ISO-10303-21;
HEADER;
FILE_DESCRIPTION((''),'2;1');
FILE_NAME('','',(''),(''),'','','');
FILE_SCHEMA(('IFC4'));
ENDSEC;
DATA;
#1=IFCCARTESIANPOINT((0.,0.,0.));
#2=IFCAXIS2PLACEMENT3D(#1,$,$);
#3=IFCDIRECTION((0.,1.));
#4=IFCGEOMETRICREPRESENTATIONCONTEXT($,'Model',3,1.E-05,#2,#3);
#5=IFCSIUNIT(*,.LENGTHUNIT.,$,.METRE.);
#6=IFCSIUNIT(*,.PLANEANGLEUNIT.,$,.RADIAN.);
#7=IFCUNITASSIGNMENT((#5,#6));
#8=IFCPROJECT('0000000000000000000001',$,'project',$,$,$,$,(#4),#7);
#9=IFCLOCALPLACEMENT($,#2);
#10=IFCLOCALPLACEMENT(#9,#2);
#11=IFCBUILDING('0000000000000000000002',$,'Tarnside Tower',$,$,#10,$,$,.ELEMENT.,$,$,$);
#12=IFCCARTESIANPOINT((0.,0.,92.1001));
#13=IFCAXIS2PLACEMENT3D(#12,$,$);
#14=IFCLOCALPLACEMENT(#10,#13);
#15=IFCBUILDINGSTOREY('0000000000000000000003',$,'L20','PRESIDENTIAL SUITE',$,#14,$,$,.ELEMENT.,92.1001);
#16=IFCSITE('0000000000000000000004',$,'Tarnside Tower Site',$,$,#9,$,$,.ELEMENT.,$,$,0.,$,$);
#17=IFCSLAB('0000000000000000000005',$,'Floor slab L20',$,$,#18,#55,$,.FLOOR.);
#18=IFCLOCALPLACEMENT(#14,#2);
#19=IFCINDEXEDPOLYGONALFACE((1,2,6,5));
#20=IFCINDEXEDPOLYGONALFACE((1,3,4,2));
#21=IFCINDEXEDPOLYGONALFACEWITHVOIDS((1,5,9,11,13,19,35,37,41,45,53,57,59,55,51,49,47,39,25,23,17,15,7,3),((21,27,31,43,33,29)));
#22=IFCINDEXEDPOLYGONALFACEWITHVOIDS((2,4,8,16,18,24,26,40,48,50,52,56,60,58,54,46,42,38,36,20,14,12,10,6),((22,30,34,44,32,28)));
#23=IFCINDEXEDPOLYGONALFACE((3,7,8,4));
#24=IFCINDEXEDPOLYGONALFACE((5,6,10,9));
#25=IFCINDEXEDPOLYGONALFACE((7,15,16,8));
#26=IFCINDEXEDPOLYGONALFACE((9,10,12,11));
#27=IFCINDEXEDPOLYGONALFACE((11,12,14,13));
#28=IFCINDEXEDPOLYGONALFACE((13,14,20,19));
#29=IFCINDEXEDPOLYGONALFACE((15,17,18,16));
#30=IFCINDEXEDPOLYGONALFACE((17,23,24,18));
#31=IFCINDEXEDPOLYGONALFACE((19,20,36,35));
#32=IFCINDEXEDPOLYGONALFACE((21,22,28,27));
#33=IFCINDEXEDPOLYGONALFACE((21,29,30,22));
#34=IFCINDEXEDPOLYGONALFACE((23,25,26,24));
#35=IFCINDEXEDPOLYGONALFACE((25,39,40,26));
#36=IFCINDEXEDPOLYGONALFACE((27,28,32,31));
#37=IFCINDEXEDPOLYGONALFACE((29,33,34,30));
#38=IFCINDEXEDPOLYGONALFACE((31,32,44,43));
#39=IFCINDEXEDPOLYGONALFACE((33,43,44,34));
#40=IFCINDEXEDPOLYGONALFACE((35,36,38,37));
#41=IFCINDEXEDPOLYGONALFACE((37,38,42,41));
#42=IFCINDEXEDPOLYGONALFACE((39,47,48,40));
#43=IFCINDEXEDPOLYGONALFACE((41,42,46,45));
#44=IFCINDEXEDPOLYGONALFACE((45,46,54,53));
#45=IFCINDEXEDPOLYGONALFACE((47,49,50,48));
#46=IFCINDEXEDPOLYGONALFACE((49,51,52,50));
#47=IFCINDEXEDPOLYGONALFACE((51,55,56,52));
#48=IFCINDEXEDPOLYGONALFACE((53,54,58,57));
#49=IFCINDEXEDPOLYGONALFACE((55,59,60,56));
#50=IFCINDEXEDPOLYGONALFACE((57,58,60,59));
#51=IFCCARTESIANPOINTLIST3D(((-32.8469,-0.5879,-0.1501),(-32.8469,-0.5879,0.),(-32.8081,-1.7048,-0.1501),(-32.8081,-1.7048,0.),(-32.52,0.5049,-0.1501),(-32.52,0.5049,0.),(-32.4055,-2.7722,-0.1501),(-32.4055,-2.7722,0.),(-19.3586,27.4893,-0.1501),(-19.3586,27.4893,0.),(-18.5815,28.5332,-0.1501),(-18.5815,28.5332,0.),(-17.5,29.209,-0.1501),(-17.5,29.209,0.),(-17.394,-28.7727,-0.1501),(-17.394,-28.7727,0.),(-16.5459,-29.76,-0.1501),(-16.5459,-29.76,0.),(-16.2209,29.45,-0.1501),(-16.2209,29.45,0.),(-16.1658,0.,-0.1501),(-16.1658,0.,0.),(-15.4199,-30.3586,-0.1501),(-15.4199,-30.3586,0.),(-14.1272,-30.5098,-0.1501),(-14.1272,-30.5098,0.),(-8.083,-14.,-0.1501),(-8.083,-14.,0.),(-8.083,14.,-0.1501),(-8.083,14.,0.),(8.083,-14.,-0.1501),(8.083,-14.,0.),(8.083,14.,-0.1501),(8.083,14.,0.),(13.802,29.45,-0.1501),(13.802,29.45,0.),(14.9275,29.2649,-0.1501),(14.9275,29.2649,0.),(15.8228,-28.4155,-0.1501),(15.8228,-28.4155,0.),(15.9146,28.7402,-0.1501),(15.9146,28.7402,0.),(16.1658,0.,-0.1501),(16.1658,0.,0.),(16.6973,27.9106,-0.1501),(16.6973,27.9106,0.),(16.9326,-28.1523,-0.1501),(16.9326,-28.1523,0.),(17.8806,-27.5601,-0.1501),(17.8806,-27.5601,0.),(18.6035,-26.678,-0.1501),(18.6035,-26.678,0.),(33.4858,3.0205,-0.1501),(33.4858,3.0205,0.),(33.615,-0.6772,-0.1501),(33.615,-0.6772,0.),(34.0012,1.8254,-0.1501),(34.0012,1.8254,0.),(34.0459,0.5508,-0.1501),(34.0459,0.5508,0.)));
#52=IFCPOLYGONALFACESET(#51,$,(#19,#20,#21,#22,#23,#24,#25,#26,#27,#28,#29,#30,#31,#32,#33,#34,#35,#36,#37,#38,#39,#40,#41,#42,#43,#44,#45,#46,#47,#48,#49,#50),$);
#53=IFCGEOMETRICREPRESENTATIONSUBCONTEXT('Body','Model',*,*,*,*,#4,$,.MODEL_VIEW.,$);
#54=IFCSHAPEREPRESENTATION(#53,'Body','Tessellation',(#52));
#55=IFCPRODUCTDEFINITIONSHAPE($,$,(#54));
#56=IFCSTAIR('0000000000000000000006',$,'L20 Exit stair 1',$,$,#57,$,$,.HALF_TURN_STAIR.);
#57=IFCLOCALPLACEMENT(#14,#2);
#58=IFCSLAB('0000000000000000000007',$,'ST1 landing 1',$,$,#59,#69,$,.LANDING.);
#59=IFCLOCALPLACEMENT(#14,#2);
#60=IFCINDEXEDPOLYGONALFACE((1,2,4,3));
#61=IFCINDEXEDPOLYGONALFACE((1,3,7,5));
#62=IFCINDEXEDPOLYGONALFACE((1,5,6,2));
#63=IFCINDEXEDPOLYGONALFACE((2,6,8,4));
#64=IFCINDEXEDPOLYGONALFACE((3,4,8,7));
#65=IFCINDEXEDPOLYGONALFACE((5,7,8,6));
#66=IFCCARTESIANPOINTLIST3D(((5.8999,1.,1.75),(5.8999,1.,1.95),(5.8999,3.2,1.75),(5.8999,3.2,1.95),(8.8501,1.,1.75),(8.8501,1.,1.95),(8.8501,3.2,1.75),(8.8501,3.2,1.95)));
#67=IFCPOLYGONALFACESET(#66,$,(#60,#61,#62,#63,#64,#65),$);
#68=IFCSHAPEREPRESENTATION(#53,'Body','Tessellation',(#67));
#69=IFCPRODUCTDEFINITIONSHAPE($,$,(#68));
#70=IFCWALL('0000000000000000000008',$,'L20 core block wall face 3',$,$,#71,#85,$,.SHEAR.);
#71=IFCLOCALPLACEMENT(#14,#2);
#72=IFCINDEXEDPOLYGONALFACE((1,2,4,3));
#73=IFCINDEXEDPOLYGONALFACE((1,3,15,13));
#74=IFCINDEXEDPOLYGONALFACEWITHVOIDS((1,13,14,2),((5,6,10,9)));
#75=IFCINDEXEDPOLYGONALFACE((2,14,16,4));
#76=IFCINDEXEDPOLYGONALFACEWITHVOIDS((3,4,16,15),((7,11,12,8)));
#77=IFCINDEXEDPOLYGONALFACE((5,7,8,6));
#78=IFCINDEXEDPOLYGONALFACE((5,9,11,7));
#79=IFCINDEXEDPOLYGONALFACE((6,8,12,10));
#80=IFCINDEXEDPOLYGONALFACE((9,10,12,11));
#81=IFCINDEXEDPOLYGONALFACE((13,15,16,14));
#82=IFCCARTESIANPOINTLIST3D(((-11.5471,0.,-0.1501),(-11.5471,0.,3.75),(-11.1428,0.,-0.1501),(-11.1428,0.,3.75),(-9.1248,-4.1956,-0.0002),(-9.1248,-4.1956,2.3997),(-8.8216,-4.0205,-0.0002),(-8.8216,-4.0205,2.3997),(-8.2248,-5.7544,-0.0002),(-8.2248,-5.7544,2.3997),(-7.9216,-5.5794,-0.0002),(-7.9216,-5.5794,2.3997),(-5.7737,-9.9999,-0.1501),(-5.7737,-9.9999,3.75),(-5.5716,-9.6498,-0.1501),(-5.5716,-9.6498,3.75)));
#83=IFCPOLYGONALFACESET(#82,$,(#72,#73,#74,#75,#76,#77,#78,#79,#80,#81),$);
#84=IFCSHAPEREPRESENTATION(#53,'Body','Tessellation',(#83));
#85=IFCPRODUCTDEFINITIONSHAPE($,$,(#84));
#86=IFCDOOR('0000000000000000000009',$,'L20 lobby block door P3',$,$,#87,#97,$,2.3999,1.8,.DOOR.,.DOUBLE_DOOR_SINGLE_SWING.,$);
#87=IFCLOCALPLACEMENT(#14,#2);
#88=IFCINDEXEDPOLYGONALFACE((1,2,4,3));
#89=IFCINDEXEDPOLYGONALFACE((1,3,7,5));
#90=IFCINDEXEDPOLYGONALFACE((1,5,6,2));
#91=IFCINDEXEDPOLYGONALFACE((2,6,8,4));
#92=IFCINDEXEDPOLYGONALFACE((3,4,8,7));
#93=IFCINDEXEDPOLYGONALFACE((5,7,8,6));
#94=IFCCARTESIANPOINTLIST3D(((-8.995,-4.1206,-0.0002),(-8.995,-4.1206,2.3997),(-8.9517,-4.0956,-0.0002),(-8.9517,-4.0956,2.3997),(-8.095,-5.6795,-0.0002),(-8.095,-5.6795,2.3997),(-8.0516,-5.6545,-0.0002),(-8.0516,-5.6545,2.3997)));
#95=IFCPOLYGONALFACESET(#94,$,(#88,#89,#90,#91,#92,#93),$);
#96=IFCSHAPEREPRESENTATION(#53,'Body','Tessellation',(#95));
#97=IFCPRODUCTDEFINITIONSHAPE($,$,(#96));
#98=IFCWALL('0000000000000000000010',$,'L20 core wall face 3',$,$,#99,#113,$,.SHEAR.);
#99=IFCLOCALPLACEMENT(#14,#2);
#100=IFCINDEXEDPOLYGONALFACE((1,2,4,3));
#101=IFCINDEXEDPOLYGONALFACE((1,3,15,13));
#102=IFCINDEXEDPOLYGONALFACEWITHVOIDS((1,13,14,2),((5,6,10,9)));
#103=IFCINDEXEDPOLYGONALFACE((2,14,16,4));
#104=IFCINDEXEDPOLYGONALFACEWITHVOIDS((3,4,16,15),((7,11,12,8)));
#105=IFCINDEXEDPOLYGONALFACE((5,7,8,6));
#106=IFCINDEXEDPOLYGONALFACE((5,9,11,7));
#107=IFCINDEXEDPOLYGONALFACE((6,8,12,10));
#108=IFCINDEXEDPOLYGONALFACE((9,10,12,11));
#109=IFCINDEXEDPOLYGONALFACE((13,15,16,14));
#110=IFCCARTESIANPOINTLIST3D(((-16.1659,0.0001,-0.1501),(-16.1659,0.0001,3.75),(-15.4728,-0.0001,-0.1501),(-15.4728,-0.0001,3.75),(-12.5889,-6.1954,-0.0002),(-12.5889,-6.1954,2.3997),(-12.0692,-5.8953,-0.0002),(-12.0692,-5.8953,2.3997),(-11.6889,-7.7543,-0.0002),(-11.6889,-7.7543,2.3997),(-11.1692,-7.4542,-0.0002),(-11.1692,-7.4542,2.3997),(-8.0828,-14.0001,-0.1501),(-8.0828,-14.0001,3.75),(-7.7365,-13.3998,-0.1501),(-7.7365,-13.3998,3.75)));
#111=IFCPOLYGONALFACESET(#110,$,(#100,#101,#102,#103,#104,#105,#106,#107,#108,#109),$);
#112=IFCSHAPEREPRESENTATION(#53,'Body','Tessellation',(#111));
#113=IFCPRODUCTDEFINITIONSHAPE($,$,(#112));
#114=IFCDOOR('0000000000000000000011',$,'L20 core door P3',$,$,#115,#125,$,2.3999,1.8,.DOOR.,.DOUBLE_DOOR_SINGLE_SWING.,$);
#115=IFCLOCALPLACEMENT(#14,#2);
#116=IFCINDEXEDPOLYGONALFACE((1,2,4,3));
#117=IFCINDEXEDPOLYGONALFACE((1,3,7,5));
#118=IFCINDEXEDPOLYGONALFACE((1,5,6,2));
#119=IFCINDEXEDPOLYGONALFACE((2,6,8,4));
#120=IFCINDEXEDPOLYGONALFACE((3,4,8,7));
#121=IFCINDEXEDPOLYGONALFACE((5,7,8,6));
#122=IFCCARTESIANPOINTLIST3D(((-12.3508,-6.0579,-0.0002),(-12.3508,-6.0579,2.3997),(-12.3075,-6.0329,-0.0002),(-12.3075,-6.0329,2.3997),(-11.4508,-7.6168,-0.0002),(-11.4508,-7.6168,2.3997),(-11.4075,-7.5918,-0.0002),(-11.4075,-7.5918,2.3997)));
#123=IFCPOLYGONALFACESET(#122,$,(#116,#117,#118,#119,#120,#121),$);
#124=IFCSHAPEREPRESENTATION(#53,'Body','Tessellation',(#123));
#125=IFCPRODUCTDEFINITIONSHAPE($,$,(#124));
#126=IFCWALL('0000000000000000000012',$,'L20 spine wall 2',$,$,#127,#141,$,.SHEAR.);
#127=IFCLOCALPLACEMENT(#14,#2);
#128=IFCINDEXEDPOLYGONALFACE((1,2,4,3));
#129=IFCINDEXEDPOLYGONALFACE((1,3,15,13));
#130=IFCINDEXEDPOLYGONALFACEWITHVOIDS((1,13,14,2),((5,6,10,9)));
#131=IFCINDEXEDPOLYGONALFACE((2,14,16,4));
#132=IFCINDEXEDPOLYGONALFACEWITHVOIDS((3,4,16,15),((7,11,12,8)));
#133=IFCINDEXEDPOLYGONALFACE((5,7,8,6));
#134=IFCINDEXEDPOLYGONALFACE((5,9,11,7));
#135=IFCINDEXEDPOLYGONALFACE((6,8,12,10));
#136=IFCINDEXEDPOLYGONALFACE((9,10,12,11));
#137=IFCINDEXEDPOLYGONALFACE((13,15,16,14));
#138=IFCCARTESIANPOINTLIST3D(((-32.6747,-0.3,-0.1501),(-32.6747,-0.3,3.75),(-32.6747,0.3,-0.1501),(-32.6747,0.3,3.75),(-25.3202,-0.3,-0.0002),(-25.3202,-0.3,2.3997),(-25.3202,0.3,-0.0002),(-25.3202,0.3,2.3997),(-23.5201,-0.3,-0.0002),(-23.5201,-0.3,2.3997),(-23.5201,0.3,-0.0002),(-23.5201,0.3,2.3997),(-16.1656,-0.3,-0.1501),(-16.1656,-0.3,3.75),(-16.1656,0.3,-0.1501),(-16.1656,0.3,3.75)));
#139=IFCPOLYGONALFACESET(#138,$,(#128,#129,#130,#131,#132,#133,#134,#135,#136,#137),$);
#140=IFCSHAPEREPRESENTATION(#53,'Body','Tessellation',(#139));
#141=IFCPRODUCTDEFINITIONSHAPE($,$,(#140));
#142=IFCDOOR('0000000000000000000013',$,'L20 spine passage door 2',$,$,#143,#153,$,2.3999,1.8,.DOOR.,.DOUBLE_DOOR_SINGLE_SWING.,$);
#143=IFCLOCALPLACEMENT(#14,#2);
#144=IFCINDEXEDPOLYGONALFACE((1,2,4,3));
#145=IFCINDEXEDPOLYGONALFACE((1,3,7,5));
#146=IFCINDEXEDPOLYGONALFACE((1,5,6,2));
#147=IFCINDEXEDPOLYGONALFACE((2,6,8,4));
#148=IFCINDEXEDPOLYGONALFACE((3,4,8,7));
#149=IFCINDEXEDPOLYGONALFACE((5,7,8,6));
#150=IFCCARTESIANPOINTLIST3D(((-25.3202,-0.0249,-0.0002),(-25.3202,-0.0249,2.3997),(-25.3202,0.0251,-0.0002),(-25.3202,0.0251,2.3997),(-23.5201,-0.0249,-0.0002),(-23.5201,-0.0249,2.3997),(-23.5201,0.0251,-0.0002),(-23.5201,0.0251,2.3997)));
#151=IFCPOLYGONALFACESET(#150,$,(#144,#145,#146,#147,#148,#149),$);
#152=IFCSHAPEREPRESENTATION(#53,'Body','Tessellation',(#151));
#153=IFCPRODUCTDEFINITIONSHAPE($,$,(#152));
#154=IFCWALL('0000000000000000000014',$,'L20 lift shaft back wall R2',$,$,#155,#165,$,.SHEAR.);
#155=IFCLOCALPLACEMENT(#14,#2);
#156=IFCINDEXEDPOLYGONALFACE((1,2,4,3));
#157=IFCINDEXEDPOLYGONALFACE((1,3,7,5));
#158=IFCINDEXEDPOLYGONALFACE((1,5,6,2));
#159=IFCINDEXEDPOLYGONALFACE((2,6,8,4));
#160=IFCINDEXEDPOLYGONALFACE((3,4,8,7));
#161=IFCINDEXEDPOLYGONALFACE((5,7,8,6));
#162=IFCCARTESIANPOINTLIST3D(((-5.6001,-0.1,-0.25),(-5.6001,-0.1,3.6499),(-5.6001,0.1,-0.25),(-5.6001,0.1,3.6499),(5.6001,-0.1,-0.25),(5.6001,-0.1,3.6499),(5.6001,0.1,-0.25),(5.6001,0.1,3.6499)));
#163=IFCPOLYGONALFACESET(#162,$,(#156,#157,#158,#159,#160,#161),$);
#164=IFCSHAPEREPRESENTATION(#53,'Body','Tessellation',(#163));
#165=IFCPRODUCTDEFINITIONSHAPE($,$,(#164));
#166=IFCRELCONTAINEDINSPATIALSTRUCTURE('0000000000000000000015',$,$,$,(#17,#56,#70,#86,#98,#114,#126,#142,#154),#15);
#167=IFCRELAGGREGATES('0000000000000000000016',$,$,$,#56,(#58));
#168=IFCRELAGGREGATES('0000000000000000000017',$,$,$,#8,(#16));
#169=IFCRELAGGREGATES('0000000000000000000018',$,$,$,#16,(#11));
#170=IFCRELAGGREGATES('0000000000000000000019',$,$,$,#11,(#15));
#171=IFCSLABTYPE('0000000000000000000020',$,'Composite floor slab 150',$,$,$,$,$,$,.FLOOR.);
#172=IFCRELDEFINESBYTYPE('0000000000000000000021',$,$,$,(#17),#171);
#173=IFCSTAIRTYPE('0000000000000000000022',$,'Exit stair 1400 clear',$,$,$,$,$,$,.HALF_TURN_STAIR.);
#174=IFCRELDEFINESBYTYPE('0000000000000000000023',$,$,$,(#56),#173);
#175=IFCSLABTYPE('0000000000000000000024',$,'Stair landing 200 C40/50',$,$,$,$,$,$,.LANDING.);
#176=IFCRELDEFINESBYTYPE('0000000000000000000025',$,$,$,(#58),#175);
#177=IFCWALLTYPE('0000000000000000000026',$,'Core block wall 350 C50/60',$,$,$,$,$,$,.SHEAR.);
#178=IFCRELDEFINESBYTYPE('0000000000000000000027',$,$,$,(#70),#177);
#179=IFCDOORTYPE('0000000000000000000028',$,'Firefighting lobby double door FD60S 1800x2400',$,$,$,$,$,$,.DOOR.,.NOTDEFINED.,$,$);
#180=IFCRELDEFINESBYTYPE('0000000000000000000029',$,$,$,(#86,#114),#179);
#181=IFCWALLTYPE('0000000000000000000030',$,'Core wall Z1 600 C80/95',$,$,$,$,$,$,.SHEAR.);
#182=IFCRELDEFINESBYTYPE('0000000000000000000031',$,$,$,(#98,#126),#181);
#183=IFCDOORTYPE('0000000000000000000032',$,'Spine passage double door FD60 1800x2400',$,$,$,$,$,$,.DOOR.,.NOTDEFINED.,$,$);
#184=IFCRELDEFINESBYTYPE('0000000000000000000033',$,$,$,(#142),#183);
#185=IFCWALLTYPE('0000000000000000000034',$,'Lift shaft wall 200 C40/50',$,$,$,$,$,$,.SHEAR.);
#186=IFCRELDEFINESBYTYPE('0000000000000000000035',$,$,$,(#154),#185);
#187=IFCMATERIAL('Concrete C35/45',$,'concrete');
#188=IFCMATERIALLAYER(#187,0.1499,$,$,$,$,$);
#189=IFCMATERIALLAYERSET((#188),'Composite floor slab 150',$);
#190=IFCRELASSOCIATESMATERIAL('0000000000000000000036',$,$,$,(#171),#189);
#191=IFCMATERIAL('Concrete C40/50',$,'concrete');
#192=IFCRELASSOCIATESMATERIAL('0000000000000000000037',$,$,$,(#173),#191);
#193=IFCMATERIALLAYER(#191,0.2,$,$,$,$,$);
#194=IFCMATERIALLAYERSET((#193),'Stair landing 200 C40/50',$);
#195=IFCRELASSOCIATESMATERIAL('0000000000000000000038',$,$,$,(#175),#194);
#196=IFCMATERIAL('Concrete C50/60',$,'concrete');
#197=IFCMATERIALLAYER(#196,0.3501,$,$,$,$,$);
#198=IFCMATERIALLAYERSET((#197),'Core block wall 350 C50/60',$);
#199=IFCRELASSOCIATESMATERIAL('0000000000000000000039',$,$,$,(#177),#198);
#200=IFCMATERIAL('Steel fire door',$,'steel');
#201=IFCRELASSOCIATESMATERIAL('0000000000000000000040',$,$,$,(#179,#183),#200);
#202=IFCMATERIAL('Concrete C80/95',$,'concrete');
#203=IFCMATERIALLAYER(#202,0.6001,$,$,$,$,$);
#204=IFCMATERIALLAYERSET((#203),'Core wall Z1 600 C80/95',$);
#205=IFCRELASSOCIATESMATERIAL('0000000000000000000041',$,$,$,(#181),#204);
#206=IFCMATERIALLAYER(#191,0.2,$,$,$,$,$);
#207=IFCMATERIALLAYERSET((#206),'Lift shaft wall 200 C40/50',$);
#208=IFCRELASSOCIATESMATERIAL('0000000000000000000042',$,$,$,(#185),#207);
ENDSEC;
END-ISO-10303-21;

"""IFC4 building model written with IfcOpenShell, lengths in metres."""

from ifc_helpers import new_model, si_unit, direction, frame, frame_2d, origin, place, context, subcontext, project, spatial, polyline, rectangle, outline, extrude, material, layer, layer_set, type_object, element, fill, aggregate, save


model = new_model("IFC4")

# Units and contexts
model_context = context("Model", 3, precision=1e-05, world=origin(), true_north=direction((0.0, 1.0)))
body_context = subcontext(model_context, "Body", "Model", "MODEL_VIEW")
ifc_project = project(units=[si_unit("LENGTHUNIT", "METRE"), si_unit("PLANEANGLEUNIT", "RADIAN")], contexts=[model_context])

# Site, building, storey
site_placement = place(None, origin())
site = spatial("IfcSite", under=ifc_project, at=site_placement, Name="Tarnside Tower Site", CompositionType="ELEMENT", RefElevation=0.0)
building_placement = place(site_placement, origin())
building = spatial("IfcBuilding", under=site, at=building_placement, Name="Tarnside Tower", CompositionType="ELEMENT")
storey_placement = place(building_placement, frame((0.0, 0.0, 92.1001)))
storey = spatial("IfcBuildingStorey", under=building, at=storey_placement, Name="L20", Description="PRESIDENTIAL SUITE", CompositionType="ELEMENT", Elevation=92.1001)

# Slab
ifc_material_1 = material(Name="Concrete C35/45", Category="concrete")
ifc_layer_1 = layer(ifc_material_1, 0.1499)
ifc_layer_set_1 = layer_set([ifc_layer_1], Name="Composite floor slab 150")
slab_type_1 = type_object("IfcSlabType", Name="Composite floor slab 150", PredefinedType="FLOOR", material=ifc_layer_set_1)
slab_1_placement = place(storey_placement, frame((0.0, 0.0, -0.1501)))
element("IfcSlab", 1, at=slab_1_placement, inside=storey, type_object=slab_type_1, Name="Floor slab L20", PredefinedType="FLOOR", context=body_context, shape_type="SweptSolid", body=[
    extrude(outline(polyline([(14.9275, 29.2649), (15.9146, 28.7402), (16.6973, 27.9106), (33.4858, 3.0205), (34.0012, 1.8254), (34.0459, 0.5508), (33.615, -0.6772), (18.6035, -26.678), (17.8806, -27.5601), (16.9326, -28.1523), (15.8228, -28.4155), (-14.1272, -30.5098), (-15.4199, -30.3586), (-16.5459, -29.76), (-17.394, -28.7727), (-32.4055, -2.7722), (-32.8081, -1.7048), (-32.8469, -0.5879), (-32.52, 0.5049), (-19.3586, 27.4893), (-18.5815, 28.5332), (-17.5, 29.209), (-16.2209, 29.45), (13.802, 29.45), (14.9275, 29.2649)]), holes=[polyline([(-16.1658, 0.0), (-8.083, -14.0), (8.083, -14.0), (16.1658, 0.0), (8.083, 14.0), (-8.083, 14.0), (-16.1658, 0.0)])]), origin(), (0.0, 0.0, 1.0), 0.1501),
])

# Stair, slab
ifc_material_2 = material(Name="Concrete C40/50", Category="concrete")
stair_type = type_object("IfcStairType", Name="Exit stair 1400 clear", PredefinedType="HALF_TURN_STAIR", material=ifc_material_2)
stair_1_placement = place(storey_placement, origin())
stair_1 = element("IfcStair", 2, at=stair_1_placement, inside=storey, type_object=stair_type, Name="L20 Exit stair 1", PredefinedType="HALF_TURN_STAIR")
ifc_layer_2 = layer(ifc_material_2, 0.2)
ifc_layer_set_2 = layer_set([ifc_layer_2], Name="Stair landing 200 C40/50")
slab_type_2 = type_object("IfcSlabType", Name="Stair landing 200 C40/50", PredefinedType="LANDING", material=ifc_layer_set_2)
slab_2_placement = place(storey_placement, frame((0.0, 0.0, 1.75)))
slab_2 = element("IfcSlab", 3, at=slab_2_placement, type_object=slab_type_2, Name="ST1 landing 1", PredefinedType="LANDING", context=body_context, shape_type="SweptSolid", body=[
    extrude(outline(polyline([(8.8501, 1.0), (8.8501, 3.2), (5.8999, 3.2), (5.8999, 1.0), (8.8501, 1.0)])), origin(), (0.0, 0.0, 1.0), 0.2),
])
aggregate(stair_1, [slab_2])

# Walls, openings, doors
ifc_material_3 = material(Name="Concrete C50/60", Category="concrete")
ifc_layer_3 = layer(ifc_material_3, 0.3501)
ifc_layer_set_3 = layer_set([ifc_layer_3], Name="Core block wall 350 C50/60")
wall_type_1 = type_object("IfcWallType", Name="Core block wall 350 C50/60", PredefinedType="SHEAR", material=ifc_layer_set_3)
wall_1_placement = place(storey_placement, frame((-11.345, 0.0, -0.1501), z_axis=(0.0, 0.0, 1.0), x_axis=(0.499995, -0.866028, 0.0)))
wall_1 = element("IfcWall", 4, at=wall_1_placement, inside=storey, type_object=wall_type_1, Name="L20 core block wall face 3", PredefinedType="SHEAR", context=body_context, shape_type="SweptSolid", body=[
    extrude(outline(polyline([(-0.1011, -0.175), (11.4458, -0.175), (11.2437, 0.175), (0.1011, 0.175), (-0.1011, -0.175)])), origin(), (0.0, 0.0, 1.0), 3.9001),
])
opening_1_placement = place(wall_1_placement, frame((4.7437, 0.0, 0.1499)))
opening_1 = element("IfcOpeningElement", 5, at=opening_1_placement, cuts=wall_1, PredefinedType="OPENING", context=body_context, shape_type="SweptSolid", body=[
    extrude(rectangle(XDim=1.8, YDim=2.3999, at=frame_2d((0.8999, 1.2))), frame((0.0, 0.1851, 0.0), z_axis=(0.0, -1.0, 0.0), x_axis=(1.0, 0.0, 0.0)), (0.0, 0.0, 1.0), 0.3701),
])
ifc_material_4 = material(Name="Steel fire door", Category="steel")
door_type_1 = type_object("IfcDoorType", Name="Firefighting lobby double door FD60S 1800x2400", OperationType="NOTDEFINED", PredefinedType="DOOR", material=ifc_material_4)
door_1_placement = place(opening_1_placement, origin())
door_1 = element("IfcDoor", 6, at=door_1_placement, inside=storey, type_object=door_type_1, Name="L20 lobby block door P3", OperationType="DOUBLE_DOOR_SINGLE_SWING", OverallHeight=2.3999, OverallWidth=1.8, PredefinedType="DOOR", context=body_context, shape_type="SweptSolid", body=[
    extrude(rectangle(XDim=1.8, YDim=2.3999, at=frame_2d((0.8999, 1.2))), frame((0.0, 0.0249, 0.0), z_axis=(0.0, -1.0, 0.0), x_axis=(1.0, 0.0, 0.0)), (0.0, 0.0, 1.0), 0.05),
])
fill(opening_1, door_1)
ifc_material_5 = material(Name="Concrete C80/95", Category="concrete")
ifc_layer_4 = layer(ifc_material_5, 0.6001)
ifc_layer_set_4 = layer_set([ifc_layer_4], Name="Core wall Z1 600 C80/95")
wall_type_2 = type_object("IfcWallType", Name="Core wall Z1 600 C80/95", PredefinedType="SHEAR", material=ifc_layer_set_4)
wall_2_placement = place(storey_placement, frame((-15.8193, 0.0, -0.1501), z_axis=(0.0, 0.0, 1.0), x_axis=(0.5, -0.866025, 0.0)))
wall_2 = element("IfcWall", 7, at=wall_2_placement, inside=storey, type_object=wall_type_2, Name="L20 core wall face 3", PredefinedType="SHEAR", context=body_context, shape_type="SweptSolid", body=[
    extrude(outline(polyline([(-0.1733, -0.3), (15.9927, -0.3), (15.646, 0.3), (0.1733, 0.3), (-0.1733, -0.3)])), origin(), (0.0, 0.0, 1.0), 3.9001),
])
opening_2_placement = place(wall_2_placement, frame((6.9807, 0.0, 0.1499)))
opening_2 = element("IfcOpeningElement", 8, at=opening_2_placement, cuts=wall_2, PredefinedType="OPENING", context=body_context, shape_type="SweptSolid", body=[
    extrude(rectangle(XDim=1.8, YDim=2.3999, at=frame_2d((0.8999, 1.2))), frame((0.0, 0.3101, 0.0), z_axis=(0.0, -1.0, 0.0), x_axis=(1.0, 0.0, 0.0)), (0.0, 0.0, 1.0), 0.6201),
])
door_2_placement = place(opening_2_placement, origin())
door_2 = element("IfcDoor", 9, at=door_2_placement, inside=storey, type_object=door_type_1, Name="L20 core door P3", OperationType="DOUBLE_DOOR_SINGLE_SWING", OverallHeight=2.3999, OverallWidth=1.8, PredefinedType="DOOR", context=body_context, shape_type="SweptSolid", body=[
    extrude(rectangle(XDim=1.8, YDim=2.3999, at=frame_2d((0.8999, 1.2))), frame((0.0, 0.0249, 0.0), z_axis=(0.0, -1.0, 0.0), x_axis=(1.0, 0.0, 0.0)), (0.0, 0.0, 1.0), 0.05),
])
fill(opening_2, door_2)
wall_3_placement = place(storey_placement, frame((-16.1658, 0.0, -0.1501), z_axis=(0.0, 0.0, 1.0), x_axis=(-1.0, 0.0, 0.0)))
wall_3 = element("IfcWall", 10, at=wall_3_placement, inside=storey, type_object=wall_type_2, Name="L20 spine wall 2", PredefinedType="SHEAR", context=body_context, shape_type="SweptSolid", body=[
    extrude(rectangle(XDim=16.509, YDim=0.6001, at=frame_2d((8.2544, 0.0))), origin(), (0.0, 0.0, 1.0), 3.9001),
])
opening_3_placement = place(wall_3_placement, frame((7.3545, 0.0, 0.1499)))
opening_3 = element("IfcOpeningElement", 11, at=opening_3_placement, cuts=wall_3, PredefinedType="OPENING", context=body_context, shape_type="SweptSolid", body=[
    extrude(rectangle(XDim=1.8, YDim=2.3999, at=frame_2d((0.8999, 1.2))), frame((0.0, 0.3101, 0.0), z_axis=(0.0, -1.0, 0.0), x_axis=(1.0, 0.0, 0.0)), (0.0, 0.0, 1.0), 0.6201),
])
door_type_2 = type_object("IfcDoorType", Name="Spine passage double door FD60 1800x2400", OperationType="NOTDEFINED", PredefinedType="DOOR", material=ifc_material_4)
door_3_placement = place(opening_3_placement, origin())
door_3 = element("IfcDoor", 12, at=door_3_placement, inside=storey, type_object=door_type_2, Name="L20 spine passage door 2", OperationType="DOUBLE_DOOR_SINGLE_SWING", OverallHeight=2.3999, OverallWidth=1.8, PredefinedType="DOOR", context=body_context, shape_type="SweptSolid", body=[
    extrude(rectangle(XDim=1.8, YDim=2.3999, at=frame_2d((0.8999, 1.2))), frame((0.0, 0.0249, 0.0), z_axis=(0.0, -1.0, 0.0), x_axis=(1.0, 0.0, 0.0)), (0.0, 0.0, 1.0), 0.05),
])
fill(opening_3, door_3)

# Wall
ifc_layer_5 = layer(ifc_material_2, 0.2)
ifc_layer_set_5 = layer_set([ifc_layer_5], Name="Lift shaft wall 200 C40/50")
wall_type_3 = type_object("IfcWallType", Name="Lift shaft wall 200 C40/50", PredefinedType="SHEAR", material=ifc_layer_set_5)
wall_4_placement = place(storey_placement, frame((-5.6001, 0.0, -0.25), z_axis=(0.0, 0.0, 1.0), x_axis=(1.0, 0.0, 0.0)))
element("IfcWall", 13, at=wall_4_placement, inside=storey, type_object=wall_type_3, Name="L20 lift shaft back wall R2", PredefinedType="SHEAR", context=body_context, shape_type="SweptSolid", body=[
    extrude(rectangle(XDim=11.2002, YDim=0.2, at=frame_2d((5.6001, 0.0))), origin(), (0.0, 0.0, 1.0), 3.8999),
])

save(model, "model.ifc")
